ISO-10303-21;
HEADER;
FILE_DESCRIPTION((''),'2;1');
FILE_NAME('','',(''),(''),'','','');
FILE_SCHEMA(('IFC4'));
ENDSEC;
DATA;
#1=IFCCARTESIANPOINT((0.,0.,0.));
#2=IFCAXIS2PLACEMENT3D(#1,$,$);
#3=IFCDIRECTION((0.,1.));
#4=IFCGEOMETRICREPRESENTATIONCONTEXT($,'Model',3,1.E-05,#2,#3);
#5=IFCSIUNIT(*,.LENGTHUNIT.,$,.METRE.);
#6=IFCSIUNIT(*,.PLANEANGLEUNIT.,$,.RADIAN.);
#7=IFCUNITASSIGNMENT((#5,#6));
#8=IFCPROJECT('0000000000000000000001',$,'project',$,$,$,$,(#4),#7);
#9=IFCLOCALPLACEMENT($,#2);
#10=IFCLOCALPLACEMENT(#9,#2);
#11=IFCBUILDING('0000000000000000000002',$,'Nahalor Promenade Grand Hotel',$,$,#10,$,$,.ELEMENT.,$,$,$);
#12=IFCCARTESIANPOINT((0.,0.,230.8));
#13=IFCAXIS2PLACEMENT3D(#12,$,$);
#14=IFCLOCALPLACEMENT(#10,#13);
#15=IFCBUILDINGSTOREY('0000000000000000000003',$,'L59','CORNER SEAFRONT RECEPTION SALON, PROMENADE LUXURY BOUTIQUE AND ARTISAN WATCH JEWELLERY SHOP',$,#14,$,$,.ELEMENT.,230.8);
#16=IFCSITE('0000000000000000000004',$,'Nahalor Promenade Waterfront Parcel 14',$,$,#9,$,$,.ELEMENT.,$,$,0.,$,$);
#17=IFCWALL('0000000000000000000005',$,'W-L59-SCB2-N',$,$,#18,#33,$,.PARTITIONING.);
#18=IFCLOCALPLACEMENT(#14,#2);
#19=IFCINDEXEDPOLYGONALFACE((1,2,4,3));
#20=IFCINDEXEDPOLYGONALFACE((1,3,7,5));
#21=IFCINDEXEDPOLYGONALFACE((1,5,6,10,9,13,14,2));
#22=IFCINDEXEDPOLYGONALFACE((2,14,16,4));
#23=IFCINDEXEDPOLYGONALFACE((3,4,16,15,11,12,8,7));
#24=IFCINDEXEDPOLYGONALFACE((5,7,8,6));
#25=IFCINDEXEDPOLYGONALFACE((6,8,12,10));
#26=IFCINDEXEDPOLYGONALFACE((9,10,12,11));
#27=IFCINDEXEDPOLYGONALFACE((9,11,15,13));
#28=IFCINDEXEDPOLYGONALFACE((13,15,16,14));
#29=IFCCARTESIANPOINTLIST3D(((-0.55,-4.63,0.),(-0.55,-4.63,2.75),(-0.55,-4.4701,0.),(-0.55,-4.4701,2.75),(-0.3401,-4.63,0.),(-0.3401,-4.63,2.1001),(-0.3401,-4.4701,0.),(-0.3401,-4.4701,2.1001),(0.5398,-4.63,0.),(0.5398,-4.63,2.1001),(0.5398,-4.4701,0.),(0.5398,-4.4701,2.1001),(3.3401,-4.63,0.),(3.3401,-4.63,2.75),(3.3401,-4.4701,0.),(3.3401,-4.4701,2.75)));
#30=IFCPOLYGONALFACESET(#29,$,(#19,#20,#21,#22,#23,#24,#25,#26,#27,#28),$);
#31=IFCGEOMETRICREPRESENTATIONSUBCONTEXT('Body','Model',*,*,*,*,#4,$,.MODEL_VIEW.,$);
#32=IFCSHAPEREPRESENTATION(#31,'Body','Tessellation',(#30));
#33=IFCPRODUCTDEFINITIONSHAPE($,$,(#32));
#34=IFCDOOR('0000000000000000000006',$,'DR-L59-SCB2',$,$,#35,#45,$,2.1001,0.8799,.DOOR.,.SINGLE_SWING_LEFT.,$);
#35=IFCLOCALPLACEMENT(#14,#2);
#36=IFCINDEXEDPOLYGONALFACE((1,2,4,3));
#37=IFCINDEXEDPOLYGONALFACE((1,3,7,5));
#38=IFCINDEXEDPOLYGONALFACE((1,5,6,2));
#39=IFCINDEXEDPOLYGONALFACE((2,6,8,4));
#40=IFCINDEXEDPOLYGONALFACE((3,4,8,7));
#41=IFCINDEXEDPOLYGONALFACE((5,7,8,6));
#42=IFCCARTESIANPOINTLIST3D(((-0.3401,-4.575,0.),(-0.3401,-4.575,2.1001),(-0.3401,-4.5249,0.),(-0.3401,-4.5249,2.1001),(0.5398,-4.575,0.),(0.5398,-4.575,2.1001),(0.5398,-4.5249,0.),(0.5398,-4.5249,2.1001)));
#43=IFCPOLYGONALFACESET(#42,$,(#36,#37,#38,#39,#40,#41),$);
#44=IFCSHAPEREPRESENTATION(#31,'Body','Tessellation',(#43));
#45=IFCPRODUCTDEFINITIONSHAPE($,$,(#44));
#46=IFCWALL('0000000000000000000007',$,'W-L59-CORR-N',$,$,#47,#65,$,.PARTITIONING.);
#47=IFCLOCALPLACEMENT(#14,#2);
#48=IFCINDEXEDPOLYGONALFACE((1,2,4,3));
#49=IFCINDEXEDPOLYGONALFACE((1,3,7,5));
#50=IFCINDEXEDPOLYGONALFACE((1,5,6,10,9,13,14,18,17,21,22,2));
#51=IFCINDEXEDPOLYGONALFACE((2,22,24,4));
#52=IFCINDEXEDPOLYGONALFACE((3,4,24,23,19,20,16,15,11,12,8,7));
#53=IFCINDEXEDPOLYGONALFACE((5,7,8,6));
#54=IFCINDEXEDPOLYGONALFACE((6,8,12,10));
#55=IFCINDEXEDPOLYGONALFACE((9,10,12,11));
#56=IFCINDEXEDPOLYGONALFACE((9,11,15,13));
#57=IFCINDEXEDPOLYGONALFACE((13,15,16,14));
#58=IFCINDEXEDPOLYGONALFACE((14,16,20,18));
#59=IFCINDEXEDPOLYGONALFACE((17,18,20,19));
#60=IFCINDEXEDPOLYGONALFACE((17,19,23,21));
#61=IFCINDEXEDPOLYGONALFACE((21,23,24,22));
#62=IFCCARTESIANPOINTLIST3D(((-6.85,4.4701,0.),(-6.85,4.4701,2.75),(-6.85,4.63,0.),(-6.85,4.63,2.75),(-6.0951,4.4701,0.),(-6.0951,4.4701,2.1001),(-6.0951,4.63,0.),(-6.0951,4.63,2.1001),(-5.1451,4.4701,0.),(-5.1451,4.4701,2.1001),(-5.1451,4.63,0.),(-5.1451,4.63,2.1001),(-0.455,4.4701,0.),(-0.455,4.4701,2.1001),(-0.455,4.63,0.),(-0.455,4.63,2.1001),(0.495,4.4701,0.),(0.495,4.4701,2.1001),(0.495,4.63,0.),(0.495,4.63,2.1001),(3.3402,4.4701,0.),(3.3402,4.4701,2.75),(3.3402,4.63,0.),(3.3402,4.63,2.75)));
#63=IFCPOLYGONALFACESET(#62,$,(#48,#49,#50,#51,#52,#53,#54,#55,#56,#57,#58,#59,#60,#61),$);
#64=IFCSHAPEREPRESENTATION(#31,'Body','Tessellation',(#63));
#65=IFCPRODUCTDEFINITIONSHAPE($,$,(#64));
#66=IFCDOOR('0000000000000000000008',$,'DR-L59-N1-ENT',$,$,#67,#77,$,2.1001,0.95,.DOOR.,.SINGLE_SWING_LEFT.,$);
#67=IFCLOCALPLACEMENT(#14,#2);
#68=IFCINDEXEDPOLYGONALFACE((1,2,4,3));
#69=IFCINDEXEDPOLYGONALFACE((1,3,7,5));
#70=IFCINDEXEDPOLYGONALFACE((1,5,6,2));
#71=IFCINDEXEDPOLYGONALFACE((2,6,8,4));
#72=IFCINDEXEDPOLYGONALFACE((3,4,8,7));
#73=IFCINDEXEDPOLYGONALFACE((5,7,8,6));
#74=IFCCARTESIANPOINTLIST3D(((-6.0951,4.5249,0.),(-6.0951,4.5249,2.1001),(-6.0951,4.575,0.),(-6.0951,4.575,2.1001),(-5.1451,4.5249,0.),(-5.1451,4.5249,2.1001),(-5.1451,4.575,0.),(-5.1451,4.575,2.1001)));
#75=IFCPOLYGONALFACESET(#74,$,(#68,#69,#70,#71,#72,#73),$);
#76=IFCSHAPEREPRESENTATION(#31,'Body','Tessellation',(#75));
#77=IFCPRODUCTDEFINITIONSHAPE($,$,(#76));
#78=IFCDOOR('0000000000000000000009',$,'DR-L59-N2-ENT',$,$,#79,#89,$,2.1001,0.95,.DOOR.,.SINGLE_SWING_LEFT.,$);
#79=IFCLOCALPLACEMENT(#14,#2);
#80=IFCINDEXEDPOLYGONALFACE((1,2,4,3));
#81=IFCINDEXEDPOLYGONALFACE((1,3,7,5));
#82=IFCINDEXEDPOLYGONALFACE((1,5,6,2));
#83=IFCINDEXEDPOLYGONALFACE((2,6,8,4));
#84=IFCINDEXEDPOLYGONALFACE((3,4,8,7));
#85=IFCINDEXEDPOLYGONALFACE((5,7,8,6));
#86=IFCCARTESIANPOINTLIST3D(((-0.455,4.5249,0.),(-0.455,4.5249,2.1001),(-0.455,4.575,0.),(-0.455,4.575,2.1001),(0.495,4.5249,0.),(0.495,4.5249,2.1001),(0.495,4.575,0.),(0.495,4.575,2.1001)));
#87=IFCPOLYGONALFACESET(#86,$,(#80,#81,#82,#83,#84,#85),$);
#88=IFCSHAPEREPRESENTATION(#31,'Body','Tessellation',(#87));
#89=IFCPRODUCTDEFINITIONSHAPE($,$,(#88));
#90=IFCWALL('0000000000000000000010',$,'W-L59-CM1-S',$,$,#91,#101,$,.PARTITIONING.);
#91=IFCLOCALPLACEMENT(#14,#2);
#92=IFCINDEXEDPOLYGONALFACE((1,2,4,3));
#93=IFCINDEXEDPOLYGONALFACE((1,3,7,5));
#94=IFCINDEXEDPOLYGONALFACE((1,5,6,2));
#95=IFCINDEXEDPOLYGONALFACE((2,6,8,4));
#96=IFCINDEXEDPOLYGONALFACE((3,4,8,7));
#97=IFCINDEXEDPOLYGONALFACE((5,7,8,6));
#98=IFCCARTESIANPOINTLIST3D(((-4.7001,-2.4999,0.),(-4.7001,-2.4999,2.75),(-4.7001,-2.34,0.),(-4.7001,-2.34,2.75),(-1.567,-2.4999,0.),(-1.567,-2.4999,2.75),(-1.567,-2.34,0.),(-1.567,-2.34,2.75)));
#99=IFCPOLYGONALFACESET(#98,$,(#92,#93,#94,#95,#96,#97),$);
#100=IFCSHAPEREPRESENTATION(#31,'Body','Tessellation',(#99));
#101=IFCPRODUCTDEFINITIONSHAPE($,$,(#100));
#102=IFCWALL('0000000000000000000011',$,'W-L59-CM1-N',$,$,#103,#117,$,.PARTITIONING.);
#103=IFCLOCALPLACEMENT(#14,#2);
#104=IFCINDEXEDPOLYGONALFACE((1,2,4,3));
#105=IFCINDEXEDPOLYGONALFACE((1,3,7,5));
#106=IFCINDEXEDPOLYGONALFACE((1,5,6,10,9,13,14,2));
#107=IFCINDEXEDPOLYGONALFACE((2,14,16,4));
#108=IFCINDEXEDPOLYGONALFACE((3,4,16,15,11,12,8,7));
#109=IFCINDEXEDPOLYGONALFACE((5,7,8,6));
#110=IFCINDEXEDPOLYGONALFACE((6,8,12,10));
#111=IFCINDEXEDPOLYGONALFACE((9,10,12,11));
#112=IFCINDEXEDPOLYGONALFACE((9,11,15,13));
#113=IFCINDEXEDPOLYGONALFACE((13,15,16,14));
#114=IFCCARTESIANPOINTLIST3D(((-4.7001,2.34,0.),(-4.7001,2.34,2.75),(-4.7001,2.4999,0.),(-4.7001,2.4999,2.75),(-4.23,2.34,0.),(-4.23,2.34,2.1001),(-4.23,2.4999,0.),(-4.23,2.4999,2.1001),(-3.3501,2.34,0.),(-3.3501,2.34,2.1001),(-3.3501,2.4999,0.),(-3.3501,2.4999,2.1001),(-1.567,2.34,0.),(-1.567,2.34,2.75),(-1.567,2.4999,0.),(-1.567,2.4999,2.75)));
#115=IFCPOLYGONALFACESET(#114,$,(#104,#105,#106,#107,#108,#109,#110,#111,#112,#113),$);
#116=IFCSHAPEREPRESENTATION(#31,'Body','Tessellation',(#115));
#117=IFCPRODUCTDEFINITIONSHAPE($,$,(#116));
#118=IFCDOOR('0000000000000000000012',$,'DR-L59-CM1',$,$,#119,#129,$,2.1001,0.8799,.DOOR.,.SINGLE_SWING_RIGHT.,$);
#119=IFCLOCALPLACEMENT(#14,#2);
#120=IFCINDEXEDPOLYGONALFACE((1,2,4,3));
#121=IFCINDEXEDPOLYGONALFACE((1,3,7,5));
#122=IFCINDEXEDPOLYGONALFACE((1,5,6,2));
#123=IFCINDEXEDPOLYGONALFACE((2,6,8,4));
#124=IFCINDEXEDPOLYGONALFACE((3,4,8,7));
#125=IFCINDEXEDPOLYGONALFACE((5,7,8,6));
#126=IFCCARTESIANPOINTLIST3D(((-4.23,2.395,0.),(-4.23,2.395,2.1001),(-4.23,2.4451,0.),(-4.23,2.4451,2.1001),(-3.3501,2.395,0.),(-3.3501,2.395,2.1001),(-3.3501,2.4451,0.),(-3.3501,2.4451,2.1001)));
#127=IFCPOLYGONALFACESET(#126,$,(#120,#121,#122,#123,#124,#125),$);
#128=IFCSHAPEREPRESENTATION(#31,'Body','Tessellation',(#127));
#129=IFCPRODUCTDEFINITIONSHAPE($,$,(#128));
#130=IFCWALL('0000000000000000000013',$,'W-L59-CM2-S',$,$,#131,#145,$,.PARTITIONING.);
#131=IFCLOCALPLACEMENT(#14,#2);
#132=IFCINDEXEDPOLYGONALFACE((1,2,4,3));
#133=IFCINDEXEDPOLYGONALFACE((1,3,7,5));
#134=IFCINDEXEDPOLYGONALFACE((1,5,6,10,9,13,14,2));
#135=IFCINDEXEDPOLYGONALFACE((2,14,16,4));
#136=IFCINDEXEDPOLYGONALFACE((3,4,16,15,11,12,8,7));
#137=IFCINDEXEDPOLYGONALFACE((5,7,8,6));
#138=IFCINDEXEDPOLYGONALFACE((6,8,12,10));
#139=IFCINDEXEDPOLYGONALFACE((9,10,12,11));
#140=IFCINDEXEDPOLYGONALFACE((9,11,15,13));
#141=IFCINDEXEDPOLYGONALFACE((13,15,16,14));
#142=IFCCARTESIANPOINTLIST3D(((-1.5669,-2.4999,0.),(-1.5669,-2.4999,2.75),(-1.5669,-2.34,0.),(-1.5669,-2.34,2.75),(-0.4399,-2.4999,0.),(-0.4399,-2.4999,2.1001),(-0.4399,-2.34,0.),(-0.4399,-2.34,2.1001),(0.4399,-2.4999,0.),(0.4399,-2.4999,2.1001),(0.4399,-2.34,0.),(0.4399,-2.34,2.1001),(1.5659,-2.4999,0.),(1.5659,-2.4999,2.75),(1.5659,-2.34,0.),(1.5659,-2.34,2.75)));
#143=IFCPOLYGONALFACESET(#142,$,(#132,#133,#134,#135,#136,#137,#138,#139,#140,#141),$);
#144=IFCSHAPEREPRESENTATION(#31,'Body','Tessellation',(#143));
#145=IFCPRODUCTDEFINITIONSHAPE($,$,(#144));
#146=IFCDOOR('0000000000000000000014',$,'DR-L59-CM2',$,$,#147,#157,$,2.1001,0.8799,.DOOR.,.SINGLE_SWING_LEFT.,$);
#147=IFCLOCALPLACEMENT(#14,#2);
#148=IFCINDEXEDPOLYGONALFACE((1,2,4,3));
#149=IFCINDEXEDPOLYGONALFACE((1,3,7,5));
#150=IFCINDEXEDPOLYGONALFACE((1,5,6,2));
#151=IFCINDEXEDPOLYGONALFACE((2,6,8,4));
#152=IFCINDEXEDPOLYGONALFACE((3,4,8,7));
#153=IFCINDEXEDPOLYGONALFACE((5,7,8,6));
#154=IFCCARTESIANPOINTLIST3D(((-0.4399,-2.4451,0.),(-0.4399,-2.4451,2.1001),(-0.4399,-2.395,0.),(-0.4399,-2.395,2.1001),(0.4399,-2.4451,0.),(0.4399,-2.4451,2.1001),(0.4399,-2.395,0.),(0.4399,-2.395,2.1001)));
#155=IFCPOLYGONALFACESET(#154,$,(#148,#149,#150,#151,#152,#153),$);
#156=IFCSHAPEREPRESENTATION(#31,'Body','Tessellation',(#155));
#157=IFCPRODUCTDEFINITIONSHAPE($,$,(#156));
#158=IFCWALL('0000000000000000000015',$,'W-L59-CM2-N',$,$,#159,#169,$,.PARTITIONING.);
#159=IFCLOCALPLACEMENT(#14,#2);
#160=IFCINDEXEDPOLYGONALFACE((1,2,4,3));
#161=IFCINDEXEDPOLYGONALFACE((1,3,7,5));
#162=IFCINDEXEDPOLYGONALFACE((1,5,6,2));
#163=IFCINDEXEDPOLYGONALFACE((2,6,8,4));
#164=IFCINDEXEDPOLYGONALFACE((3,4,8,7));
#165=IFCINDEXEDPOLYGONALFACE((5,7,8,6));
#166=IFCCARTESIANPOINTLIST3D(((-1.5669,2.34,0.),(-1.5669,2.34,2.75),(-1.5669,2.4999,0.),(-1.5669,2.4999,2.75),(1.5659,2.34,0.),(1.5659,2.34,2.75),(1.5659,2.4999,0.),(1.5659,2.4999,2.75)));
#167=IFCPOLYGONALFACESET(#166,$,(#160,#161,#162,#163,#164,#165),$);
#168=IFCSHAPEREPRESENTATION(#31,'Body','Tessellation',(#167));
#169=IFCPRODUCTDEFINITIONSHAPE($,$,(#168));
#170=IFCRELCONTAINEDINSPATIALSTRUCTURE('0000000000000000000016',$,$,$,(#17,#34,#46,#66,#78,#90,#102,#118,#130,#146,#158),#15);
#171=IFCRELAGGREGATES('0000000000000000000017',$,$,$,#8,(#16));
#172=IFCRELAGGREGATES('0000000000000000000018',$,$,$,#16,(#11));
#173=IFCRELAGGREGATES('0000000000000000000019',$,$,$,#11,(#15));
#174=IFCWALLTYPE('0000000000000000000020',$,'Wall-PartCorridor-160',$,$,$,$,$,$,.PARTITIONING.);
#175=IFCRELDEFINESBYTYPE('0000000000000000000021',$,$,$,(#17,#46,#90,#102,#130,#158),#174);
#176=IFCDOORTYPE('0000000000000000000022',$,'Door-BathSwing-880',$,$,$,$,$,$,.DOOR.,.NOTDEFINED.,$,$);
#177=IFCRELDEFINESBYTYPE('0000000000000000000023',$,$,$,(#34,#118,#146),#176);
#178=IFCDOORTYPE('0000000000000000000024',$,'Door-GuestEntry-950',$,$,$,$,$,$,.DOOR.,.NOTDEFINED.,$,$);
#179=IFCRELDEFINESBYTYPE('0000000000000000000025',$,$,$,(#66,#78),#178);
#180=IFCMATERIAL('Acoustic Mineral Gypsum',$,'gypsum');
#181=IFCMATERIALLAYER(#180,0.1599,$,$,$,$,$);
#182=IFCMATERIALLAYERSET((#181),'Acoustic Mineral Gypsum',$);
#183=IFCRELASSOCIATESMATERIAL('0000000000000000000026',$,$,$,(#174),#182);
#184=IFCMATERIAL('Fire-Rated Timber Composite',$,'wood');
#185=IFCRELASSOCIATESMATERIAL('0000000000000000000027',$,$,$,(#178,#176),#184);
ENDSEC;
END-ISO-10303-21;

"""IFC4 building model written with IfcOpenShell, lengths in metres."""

from ifc_helpers import new_model, si_unit, direction, frame, frame_2d, origin, place, context, subcontext, project, spatial, rectangle, extrude, source, transform, mapped, material, layer, layer_set, type_object, element, fill, save


model = new_model("IFC4")

# Units and contexts
model_context = context("Model", 3, precision=1e-05, world=origin(), true_north=direction((0.0, 1.0)))
body_context = subcontext(model_context, "Body", "Model", "MODEL_VIEW")
ifc_project = project(units=[si_unit("LENGTHUNIT", "METRE"), si_unit("PLANEANGLEUNIT", "RADIAN")], contexts=[model_context])

# Site, building, storey
site_placement = place(None, origin())
site = spatial("IfcSite", under=ifc_project, at=site_placement, Name="Nahalor Promenade Waterfront Parcel 14", CompositionType="ELEMENT", RefElevation=0.0)
building_placement = place(site_placement, origin())
building = spatial("IfcBuilding", under=site, at=building_placement, Name="Nahalor Promenade Grand Hotel", CompositionType="ELEMENT")
storey_placement = place(building_placement, frame((0.0, 0.0, 230.8)))
storey = spatial("IfcBuildingStorey", under=building, at=storey_placement, Name="L59", Description="CORNER SEAFRONT RECEPTION SALON, PROMENADE LUXURY BOUTIQUE AND ARTISAN WATCH JEWELLERY SHOP", CompositionType="ELEMENT", Elevation=230.8)

# Shared definitions
ifc_material_1 = material(Name="Acoustic Mineral Gypsum", Category="gypsum")
ifc_layer_1 = layer(ifc_material_1, 0.1599)
ifc_layer_set_1 = layer_set([ifc_layer_1], Name="Acoustic Mineral Gypsum")
wall_type_1 = type_object("IfcWallType", Name="Wall-PartCorridor-160", PredefinedType="PARTITIONING", material=ifc_layer_set_1)
ifc_material_2 = material(Name="Fire-Rated Timber Composite", Category="wood")
door_type_1 = type_object("IfcDoorType", Name="Door-GuestEntry-950", OperationType="NOTDEFINED", PredefinedType="DOOR", material=ifc_material_2)
shared_shape_1 = source(origin(), body_context, "Body", "SweptSolid", [
    extrude(rectangle(XDim=0.95, YDim=2.1001, at=frame_2d((0.4751, 1.05))), frame((0.0, 0.0249, 0.0), z_axis=(0.0, -1.0, 0.0), x_axis=(1.0, 0.0, 0.0)), (0.0, 0.0, 1.0), 0.05),
])

# Wall, opening, door
shared_shape_2 = source(origin(), body_context, "Body", "SweptSolid", [
    extrude(rectangle(XDim=3.8901, YDim=0.1599, at=frame_2d((1.9451, 0.0))), origin(), (0.0, 0.0, 1.0), 2.75),
])
wall_1_placement = place(storey_placement, frame((-0.55, -4.55, 0.0), z_axis=(0.0, 0.0, 1.0), x_axis=(1.0, 0.0, 0.0)))
wall_1 = element("IfcWall", 1, at=wall_1_placement, inside=storey, type_object=wall_type_1, Name="W-L59-SCB2-N", PredefinedType="PARTITIONING", context=body_context, shape_type="MappedRepresentation", body=[
    mapped(shared_shape_2, transform((0.0, 0.0, 0.0), scale=1.0)),
])
opening_1_placement = place(wall_1_placement, frame((0.21, 0.0, 0.0)))
opening_1 = element("IfcOpeningElement", 2, at=opening_1_placement, cuts=wall_1, PredefinedType="OPENING", context=body_context, shape_type="SweptSolid", body=[
    extrude(rectangle(XDim=0.8799, YDim=2.1001, at=frame_2d((0.4399, 1.05))), frame((0.0, 0.0898, 0.0), z_axis=(0.0, -1.0, 0.0), x_axis=(1.0, 0.0, 0.0)), (0.0, 0.0, 1.0), 0.1799),
])
door_type_2 = type_object("IfcDoorType", Name="Door-BathSwing-880", OperationType="NOTDEFINED", PredefinedType="DOOR", material=ifc_material_2)
shared_shape_3 = source(origin(), body_context, "Body", "SweptSolid", [
    extrude(rectangle(XDim=0.8799, YDim=2.1001, at=frame_2d((0.4399, 1.05))), frame((0.0, 0.0249, 0.0), z_axis=(0.0, -1.0, 0.0), x_axis=(1.0, 0.0, 0.0)), (0.0, 0.0, 1.0), 0.05),
])
door_1_placement = place(opening_1_placement, frame((0.8799, 0.0, 0.0), z_axis=(0.0, 0.0, 1.0), x_axis=(-1.0, 0.0, 0.0)))
door_1 = element("IfcDoor", 3, at=door_1_placement, inside=storey, type_object=door_type_2, Name="DR-L59-SCB2", OperationType="SINGLE_SWING_LEFT", OverallHeight=2.1001, OverallWidth=0.8799, PredefinedType="DOOR", context=body_context, shape_type="MappedRepresentation", body=[
    mapped(shared_shape_3, transform((0.0, 0.0, 0.0), scale=1.0)),
])
fill(opening_1, door_1)

# Wall, openings, doors
shared_shape_4 = source(origin(), body_context, "Body", "SweptSolid", [
    extrude(rectangle(XDim=10.1902, YDim=0.1599, at=frame_2d((5.0952, 0.0))), origin(), (0.0, 0.0, 1.0), 2.75),
])
wall_2_placement = place(storey_placement, frame((-6.8501, 4.55, 0.0), z_axis=(0.0, 0.0, 1.0), x_axis=(1.0, 0.0, 0.0)))
wall_2 = element("IfcWall", 4, at=wall_2_placement, inside=storey, type_object=wall_type_1, Name="W-L59-CORR-N", PredefinedType="PARTITIONING", context=body_context, shape_type="MappedRepresentation", body=[
    mapped(shared_shape_4, transform((0.0, 0.0, 0.0), scale=1.0)),
])
opening_2_placement = place(wall_2_placement, frame((0.7549, 0.0, 0.0)))
opening_2 = element("IfcOpeningElement", 5, at=opening_2_placement, cuts=wall_2, PredefinedType="OPENING", context=body_context, shape_type="SweptSolid", body=[
    extrude(rectangle(XDim=0.95, YDim=2.1001, at=frame_2d((0.4751, 1.05))), frame((0.0, 0.0898, 0.0), z_axis=(0.0, -1.0, 0.0), x_axis=(1.0, 0.0, 0.0)), (0.0, 0.0, 1.0), 0.1799),
])
opening_3_placement = place(wall_2_placement, frame((6.395, 0.0, 0.0)))
opening_3 = element("IfcOpeningElement", 6, at=opening_3_placement, cuts=wall_2, PredefinedType="OPENING", context=body_context, shape_type="SweptSolid", body=[
    extrude(rectangle(XDim=0.95, YDim=2.1001, at=frame_2d((0.4751, 1.05))), frame((0.0, 0.0898, 0.0), z_axis=(0.0, -1.0, 0.0), x_axis=(1.0, 0.0, 0.0)), (0.0, 0.0, 1.0), 0.1799),
])
door_2_placement = place(opening_2_placement, origin())
door_2 = element("IfcDoor", 7, at=door_2_placement, inside=storey, type_object=door_type_1, Name="DR-L59-N1-ENT", OperationType="SINGLE_SWING_LEFT", OverallHeight=2.1001, OverallWidth=0.95, PredefinedType="DOOR", context=body_context, shape_type="MappedRepresentation", body=[
    mapped(shared_shape_1, transform((0.0, 0.0, 0.0), scale=1.0)),
])
fill(opening_2, door_2)
door_3_placement = place(opening_3_placement, origin())
door_3 = element("IfcDoor", 8, at=door_3_placement, inside=storey, type_object=door_type_1, Name="DR-L59-N2-ENT", OperationType="SINGLE_SWING_LEFT", OverallHeight=2.1001, OverallWidth=0.95, PredefinedType="DOOR", context=body_context, shape_type="MappedRepresentation", body=[
    mapped(shared_shape_1, transform((0.0, 0.0, 0.0), scale=1.0)),
])
fill(opening_3, door_3)

# Wall
shared_shape_5 = source(origin(), body_context, "Body", "SweptSolid", [
    extrude(rectangle(XDim=3.1331, YDim=0.1599, at=frame_2d((1.5664, 0.0))), origin(), (0.0, 0.0, 1.0), 2.75),
])
wall_3_placement = place(storey_placement, frame((-4.7, -2.4199, 0.0), z_axis=(0.0, 0.0, 1.0), x_axis=(1.0, 0.0, 0.0)))
element("IfcWall", 9, at=wall_3_placement, inside=storey, type_object=wall_type_1, Name="W-L59-CM1-S", PredefinedType="PARTITIONING", context=body_context, shape_type="MappedRepresentation", body=[
    mapped(shared_shape_5, transform((0.0, 0.0, 0.0), scale=1.0)),
])

# Walls, openings, doors
wall_4_placement = place(storey_placement, frame((-4.7, 2.4199, 0.0), z_axis=(0.0, 0.0, 1.0), x_axis=(1.0, 0.0, 0.0)))
wall_4 = element("IfcWall", 10, at=wall_4_placement, inside=storey, type_object=wall_type_1, Name="W-L59-CM1-N", PredefinedType="PARTITIONING", context=body_context, shape_type="MappedRepresentation", body=[
    mapped(shared_shape_5, transform((0.0, 0.0, 0.0), scale=1.0)),
])
opening_4_placement = place(wall_4_placement, frame((0.47, 0.0, 0.0)))
opening_4 = element("IfcOpeningElement", 11, at=opening_4_placement, cuts=wall_4, PredefinedType="OPENING", context=body_context, shape_type="SweptSolid", body=[
    extrude(rectangle(XDim=0.8799, YDim=2.1001, at=frame_2d((0.4399, 1.05))), frame((0.0, 0.0898, 0.0), z_axis=(0.0, -1.0, 0.0), x_axis=(1.0, 0.0, 0.0)), (0.0, 0.0, 1.0), 0.1799),
])
door_4_placement = place(opening_4_placement, frame((0.8799, 0.0, 0.0), z_axis=(0.0, 0.0, 1.0), x_axis=(-1.0, 0.0, 0.0)))
door_4 = element("IfcDoor", 12, at=door_4_placement, inside=storey, type_object=door_type_2, Name="DR-L59-CM1", OperationType="SINGLE_SWING_RIGHT", OverallHeight=2.1001, OverallWidth=0.8799, PredefinedType="DOOR", context=body_context, shape_type="MappedRepresentation", body=[
    mapped(shared_shape_3, transform((0.0, 0.0, 0.0), scale=1.0)),
])
fill(opening_4, door_4)
shared_shape_6 = source(origin(), body_context, "Body", "SweptSolid", [
    extrude(rectangle(XDim=3.1328, YDim=0.1599, at=frame_2d((1.5664, 0.0))), origin(), (0.0, 0.0, 1.0), 2.75),
])
wall_5_placement = place(storey_placement, frame((-1.5669, -2.4199, 0.0), z_axis=(0.0, 0.0, 1.0), x_axis=(1.0, 0.0, 0.0)))
wall_5 = element("IfcWall", 13, at=wall_5_placement, inside=storey, type_object=wall_type_1, Name="W-L59-CM2-S", PredefinedType="PARTITIONING", context=body_context, shape_type="MappedRepresentation", body=[
    mapped(shared_shape_6, transform((0.0, 0.0, 0.0), scale=1.0)),
])
opening_5_placement = place(wall_5_placement, frame((1.127, 0.0, 0.0)))
opening_5 = element("IfcOpeningElement", 14, at=opening_5_placement, cuts=wall_5, PredefinedType="OPENING", context=body_context, shape_type="SweptSolid", body=[
    extrude(rectangle(XDim=0.8799, YDim=2.1001, at=frame_2d((0.4399, 1.05))), frame((0.0, 0.0898, 0.0), z_axis=(0.0, -1.0, 0.0), x_axis=(1.0, 0.0, 0.0)), (0.0, 0.0, 1.0), 0.1799),
])
door_5_placement = place(opening_5_placement, origin())
door_5 = element("IfcDoor", 15, at=door_5_placement, inside=storey, type_object=door_type_2, Name="DR-L59-CM2", OperationType="SINGLE_SWING_LEFT", OverallHeight=2.1001, OverallWidth=0.8799, PredefinedType="DOOR", context=body_context, shape_type="MappedRepresentation", body=[
    mapped(shared_shape_3, transform((0.0, 0.0, 0.0), scale=1.0)),
])
fill(opening_5, door_5)

# Wall
wall_6_placement = place(storey_placement, frame((-1.5669, 2.4199, 0.0), z_axis=(0.0, 0.0, 1.0), x_axis=(1.0, 0.0, 0.0)))
element("IfcWall", 16, at=wall_6_placement, inside=storey, type_object=wall_type_1, Name="W-L59-CM2-N", PredefinedType="PARTITIONING", context=body_context, shape_type="MappedRepresentation", body=[
    mapped(shared_shape_6, transform((0.0, 0.0, 0.0), scale=1.0)),
])

save(model, "model.ifc")
